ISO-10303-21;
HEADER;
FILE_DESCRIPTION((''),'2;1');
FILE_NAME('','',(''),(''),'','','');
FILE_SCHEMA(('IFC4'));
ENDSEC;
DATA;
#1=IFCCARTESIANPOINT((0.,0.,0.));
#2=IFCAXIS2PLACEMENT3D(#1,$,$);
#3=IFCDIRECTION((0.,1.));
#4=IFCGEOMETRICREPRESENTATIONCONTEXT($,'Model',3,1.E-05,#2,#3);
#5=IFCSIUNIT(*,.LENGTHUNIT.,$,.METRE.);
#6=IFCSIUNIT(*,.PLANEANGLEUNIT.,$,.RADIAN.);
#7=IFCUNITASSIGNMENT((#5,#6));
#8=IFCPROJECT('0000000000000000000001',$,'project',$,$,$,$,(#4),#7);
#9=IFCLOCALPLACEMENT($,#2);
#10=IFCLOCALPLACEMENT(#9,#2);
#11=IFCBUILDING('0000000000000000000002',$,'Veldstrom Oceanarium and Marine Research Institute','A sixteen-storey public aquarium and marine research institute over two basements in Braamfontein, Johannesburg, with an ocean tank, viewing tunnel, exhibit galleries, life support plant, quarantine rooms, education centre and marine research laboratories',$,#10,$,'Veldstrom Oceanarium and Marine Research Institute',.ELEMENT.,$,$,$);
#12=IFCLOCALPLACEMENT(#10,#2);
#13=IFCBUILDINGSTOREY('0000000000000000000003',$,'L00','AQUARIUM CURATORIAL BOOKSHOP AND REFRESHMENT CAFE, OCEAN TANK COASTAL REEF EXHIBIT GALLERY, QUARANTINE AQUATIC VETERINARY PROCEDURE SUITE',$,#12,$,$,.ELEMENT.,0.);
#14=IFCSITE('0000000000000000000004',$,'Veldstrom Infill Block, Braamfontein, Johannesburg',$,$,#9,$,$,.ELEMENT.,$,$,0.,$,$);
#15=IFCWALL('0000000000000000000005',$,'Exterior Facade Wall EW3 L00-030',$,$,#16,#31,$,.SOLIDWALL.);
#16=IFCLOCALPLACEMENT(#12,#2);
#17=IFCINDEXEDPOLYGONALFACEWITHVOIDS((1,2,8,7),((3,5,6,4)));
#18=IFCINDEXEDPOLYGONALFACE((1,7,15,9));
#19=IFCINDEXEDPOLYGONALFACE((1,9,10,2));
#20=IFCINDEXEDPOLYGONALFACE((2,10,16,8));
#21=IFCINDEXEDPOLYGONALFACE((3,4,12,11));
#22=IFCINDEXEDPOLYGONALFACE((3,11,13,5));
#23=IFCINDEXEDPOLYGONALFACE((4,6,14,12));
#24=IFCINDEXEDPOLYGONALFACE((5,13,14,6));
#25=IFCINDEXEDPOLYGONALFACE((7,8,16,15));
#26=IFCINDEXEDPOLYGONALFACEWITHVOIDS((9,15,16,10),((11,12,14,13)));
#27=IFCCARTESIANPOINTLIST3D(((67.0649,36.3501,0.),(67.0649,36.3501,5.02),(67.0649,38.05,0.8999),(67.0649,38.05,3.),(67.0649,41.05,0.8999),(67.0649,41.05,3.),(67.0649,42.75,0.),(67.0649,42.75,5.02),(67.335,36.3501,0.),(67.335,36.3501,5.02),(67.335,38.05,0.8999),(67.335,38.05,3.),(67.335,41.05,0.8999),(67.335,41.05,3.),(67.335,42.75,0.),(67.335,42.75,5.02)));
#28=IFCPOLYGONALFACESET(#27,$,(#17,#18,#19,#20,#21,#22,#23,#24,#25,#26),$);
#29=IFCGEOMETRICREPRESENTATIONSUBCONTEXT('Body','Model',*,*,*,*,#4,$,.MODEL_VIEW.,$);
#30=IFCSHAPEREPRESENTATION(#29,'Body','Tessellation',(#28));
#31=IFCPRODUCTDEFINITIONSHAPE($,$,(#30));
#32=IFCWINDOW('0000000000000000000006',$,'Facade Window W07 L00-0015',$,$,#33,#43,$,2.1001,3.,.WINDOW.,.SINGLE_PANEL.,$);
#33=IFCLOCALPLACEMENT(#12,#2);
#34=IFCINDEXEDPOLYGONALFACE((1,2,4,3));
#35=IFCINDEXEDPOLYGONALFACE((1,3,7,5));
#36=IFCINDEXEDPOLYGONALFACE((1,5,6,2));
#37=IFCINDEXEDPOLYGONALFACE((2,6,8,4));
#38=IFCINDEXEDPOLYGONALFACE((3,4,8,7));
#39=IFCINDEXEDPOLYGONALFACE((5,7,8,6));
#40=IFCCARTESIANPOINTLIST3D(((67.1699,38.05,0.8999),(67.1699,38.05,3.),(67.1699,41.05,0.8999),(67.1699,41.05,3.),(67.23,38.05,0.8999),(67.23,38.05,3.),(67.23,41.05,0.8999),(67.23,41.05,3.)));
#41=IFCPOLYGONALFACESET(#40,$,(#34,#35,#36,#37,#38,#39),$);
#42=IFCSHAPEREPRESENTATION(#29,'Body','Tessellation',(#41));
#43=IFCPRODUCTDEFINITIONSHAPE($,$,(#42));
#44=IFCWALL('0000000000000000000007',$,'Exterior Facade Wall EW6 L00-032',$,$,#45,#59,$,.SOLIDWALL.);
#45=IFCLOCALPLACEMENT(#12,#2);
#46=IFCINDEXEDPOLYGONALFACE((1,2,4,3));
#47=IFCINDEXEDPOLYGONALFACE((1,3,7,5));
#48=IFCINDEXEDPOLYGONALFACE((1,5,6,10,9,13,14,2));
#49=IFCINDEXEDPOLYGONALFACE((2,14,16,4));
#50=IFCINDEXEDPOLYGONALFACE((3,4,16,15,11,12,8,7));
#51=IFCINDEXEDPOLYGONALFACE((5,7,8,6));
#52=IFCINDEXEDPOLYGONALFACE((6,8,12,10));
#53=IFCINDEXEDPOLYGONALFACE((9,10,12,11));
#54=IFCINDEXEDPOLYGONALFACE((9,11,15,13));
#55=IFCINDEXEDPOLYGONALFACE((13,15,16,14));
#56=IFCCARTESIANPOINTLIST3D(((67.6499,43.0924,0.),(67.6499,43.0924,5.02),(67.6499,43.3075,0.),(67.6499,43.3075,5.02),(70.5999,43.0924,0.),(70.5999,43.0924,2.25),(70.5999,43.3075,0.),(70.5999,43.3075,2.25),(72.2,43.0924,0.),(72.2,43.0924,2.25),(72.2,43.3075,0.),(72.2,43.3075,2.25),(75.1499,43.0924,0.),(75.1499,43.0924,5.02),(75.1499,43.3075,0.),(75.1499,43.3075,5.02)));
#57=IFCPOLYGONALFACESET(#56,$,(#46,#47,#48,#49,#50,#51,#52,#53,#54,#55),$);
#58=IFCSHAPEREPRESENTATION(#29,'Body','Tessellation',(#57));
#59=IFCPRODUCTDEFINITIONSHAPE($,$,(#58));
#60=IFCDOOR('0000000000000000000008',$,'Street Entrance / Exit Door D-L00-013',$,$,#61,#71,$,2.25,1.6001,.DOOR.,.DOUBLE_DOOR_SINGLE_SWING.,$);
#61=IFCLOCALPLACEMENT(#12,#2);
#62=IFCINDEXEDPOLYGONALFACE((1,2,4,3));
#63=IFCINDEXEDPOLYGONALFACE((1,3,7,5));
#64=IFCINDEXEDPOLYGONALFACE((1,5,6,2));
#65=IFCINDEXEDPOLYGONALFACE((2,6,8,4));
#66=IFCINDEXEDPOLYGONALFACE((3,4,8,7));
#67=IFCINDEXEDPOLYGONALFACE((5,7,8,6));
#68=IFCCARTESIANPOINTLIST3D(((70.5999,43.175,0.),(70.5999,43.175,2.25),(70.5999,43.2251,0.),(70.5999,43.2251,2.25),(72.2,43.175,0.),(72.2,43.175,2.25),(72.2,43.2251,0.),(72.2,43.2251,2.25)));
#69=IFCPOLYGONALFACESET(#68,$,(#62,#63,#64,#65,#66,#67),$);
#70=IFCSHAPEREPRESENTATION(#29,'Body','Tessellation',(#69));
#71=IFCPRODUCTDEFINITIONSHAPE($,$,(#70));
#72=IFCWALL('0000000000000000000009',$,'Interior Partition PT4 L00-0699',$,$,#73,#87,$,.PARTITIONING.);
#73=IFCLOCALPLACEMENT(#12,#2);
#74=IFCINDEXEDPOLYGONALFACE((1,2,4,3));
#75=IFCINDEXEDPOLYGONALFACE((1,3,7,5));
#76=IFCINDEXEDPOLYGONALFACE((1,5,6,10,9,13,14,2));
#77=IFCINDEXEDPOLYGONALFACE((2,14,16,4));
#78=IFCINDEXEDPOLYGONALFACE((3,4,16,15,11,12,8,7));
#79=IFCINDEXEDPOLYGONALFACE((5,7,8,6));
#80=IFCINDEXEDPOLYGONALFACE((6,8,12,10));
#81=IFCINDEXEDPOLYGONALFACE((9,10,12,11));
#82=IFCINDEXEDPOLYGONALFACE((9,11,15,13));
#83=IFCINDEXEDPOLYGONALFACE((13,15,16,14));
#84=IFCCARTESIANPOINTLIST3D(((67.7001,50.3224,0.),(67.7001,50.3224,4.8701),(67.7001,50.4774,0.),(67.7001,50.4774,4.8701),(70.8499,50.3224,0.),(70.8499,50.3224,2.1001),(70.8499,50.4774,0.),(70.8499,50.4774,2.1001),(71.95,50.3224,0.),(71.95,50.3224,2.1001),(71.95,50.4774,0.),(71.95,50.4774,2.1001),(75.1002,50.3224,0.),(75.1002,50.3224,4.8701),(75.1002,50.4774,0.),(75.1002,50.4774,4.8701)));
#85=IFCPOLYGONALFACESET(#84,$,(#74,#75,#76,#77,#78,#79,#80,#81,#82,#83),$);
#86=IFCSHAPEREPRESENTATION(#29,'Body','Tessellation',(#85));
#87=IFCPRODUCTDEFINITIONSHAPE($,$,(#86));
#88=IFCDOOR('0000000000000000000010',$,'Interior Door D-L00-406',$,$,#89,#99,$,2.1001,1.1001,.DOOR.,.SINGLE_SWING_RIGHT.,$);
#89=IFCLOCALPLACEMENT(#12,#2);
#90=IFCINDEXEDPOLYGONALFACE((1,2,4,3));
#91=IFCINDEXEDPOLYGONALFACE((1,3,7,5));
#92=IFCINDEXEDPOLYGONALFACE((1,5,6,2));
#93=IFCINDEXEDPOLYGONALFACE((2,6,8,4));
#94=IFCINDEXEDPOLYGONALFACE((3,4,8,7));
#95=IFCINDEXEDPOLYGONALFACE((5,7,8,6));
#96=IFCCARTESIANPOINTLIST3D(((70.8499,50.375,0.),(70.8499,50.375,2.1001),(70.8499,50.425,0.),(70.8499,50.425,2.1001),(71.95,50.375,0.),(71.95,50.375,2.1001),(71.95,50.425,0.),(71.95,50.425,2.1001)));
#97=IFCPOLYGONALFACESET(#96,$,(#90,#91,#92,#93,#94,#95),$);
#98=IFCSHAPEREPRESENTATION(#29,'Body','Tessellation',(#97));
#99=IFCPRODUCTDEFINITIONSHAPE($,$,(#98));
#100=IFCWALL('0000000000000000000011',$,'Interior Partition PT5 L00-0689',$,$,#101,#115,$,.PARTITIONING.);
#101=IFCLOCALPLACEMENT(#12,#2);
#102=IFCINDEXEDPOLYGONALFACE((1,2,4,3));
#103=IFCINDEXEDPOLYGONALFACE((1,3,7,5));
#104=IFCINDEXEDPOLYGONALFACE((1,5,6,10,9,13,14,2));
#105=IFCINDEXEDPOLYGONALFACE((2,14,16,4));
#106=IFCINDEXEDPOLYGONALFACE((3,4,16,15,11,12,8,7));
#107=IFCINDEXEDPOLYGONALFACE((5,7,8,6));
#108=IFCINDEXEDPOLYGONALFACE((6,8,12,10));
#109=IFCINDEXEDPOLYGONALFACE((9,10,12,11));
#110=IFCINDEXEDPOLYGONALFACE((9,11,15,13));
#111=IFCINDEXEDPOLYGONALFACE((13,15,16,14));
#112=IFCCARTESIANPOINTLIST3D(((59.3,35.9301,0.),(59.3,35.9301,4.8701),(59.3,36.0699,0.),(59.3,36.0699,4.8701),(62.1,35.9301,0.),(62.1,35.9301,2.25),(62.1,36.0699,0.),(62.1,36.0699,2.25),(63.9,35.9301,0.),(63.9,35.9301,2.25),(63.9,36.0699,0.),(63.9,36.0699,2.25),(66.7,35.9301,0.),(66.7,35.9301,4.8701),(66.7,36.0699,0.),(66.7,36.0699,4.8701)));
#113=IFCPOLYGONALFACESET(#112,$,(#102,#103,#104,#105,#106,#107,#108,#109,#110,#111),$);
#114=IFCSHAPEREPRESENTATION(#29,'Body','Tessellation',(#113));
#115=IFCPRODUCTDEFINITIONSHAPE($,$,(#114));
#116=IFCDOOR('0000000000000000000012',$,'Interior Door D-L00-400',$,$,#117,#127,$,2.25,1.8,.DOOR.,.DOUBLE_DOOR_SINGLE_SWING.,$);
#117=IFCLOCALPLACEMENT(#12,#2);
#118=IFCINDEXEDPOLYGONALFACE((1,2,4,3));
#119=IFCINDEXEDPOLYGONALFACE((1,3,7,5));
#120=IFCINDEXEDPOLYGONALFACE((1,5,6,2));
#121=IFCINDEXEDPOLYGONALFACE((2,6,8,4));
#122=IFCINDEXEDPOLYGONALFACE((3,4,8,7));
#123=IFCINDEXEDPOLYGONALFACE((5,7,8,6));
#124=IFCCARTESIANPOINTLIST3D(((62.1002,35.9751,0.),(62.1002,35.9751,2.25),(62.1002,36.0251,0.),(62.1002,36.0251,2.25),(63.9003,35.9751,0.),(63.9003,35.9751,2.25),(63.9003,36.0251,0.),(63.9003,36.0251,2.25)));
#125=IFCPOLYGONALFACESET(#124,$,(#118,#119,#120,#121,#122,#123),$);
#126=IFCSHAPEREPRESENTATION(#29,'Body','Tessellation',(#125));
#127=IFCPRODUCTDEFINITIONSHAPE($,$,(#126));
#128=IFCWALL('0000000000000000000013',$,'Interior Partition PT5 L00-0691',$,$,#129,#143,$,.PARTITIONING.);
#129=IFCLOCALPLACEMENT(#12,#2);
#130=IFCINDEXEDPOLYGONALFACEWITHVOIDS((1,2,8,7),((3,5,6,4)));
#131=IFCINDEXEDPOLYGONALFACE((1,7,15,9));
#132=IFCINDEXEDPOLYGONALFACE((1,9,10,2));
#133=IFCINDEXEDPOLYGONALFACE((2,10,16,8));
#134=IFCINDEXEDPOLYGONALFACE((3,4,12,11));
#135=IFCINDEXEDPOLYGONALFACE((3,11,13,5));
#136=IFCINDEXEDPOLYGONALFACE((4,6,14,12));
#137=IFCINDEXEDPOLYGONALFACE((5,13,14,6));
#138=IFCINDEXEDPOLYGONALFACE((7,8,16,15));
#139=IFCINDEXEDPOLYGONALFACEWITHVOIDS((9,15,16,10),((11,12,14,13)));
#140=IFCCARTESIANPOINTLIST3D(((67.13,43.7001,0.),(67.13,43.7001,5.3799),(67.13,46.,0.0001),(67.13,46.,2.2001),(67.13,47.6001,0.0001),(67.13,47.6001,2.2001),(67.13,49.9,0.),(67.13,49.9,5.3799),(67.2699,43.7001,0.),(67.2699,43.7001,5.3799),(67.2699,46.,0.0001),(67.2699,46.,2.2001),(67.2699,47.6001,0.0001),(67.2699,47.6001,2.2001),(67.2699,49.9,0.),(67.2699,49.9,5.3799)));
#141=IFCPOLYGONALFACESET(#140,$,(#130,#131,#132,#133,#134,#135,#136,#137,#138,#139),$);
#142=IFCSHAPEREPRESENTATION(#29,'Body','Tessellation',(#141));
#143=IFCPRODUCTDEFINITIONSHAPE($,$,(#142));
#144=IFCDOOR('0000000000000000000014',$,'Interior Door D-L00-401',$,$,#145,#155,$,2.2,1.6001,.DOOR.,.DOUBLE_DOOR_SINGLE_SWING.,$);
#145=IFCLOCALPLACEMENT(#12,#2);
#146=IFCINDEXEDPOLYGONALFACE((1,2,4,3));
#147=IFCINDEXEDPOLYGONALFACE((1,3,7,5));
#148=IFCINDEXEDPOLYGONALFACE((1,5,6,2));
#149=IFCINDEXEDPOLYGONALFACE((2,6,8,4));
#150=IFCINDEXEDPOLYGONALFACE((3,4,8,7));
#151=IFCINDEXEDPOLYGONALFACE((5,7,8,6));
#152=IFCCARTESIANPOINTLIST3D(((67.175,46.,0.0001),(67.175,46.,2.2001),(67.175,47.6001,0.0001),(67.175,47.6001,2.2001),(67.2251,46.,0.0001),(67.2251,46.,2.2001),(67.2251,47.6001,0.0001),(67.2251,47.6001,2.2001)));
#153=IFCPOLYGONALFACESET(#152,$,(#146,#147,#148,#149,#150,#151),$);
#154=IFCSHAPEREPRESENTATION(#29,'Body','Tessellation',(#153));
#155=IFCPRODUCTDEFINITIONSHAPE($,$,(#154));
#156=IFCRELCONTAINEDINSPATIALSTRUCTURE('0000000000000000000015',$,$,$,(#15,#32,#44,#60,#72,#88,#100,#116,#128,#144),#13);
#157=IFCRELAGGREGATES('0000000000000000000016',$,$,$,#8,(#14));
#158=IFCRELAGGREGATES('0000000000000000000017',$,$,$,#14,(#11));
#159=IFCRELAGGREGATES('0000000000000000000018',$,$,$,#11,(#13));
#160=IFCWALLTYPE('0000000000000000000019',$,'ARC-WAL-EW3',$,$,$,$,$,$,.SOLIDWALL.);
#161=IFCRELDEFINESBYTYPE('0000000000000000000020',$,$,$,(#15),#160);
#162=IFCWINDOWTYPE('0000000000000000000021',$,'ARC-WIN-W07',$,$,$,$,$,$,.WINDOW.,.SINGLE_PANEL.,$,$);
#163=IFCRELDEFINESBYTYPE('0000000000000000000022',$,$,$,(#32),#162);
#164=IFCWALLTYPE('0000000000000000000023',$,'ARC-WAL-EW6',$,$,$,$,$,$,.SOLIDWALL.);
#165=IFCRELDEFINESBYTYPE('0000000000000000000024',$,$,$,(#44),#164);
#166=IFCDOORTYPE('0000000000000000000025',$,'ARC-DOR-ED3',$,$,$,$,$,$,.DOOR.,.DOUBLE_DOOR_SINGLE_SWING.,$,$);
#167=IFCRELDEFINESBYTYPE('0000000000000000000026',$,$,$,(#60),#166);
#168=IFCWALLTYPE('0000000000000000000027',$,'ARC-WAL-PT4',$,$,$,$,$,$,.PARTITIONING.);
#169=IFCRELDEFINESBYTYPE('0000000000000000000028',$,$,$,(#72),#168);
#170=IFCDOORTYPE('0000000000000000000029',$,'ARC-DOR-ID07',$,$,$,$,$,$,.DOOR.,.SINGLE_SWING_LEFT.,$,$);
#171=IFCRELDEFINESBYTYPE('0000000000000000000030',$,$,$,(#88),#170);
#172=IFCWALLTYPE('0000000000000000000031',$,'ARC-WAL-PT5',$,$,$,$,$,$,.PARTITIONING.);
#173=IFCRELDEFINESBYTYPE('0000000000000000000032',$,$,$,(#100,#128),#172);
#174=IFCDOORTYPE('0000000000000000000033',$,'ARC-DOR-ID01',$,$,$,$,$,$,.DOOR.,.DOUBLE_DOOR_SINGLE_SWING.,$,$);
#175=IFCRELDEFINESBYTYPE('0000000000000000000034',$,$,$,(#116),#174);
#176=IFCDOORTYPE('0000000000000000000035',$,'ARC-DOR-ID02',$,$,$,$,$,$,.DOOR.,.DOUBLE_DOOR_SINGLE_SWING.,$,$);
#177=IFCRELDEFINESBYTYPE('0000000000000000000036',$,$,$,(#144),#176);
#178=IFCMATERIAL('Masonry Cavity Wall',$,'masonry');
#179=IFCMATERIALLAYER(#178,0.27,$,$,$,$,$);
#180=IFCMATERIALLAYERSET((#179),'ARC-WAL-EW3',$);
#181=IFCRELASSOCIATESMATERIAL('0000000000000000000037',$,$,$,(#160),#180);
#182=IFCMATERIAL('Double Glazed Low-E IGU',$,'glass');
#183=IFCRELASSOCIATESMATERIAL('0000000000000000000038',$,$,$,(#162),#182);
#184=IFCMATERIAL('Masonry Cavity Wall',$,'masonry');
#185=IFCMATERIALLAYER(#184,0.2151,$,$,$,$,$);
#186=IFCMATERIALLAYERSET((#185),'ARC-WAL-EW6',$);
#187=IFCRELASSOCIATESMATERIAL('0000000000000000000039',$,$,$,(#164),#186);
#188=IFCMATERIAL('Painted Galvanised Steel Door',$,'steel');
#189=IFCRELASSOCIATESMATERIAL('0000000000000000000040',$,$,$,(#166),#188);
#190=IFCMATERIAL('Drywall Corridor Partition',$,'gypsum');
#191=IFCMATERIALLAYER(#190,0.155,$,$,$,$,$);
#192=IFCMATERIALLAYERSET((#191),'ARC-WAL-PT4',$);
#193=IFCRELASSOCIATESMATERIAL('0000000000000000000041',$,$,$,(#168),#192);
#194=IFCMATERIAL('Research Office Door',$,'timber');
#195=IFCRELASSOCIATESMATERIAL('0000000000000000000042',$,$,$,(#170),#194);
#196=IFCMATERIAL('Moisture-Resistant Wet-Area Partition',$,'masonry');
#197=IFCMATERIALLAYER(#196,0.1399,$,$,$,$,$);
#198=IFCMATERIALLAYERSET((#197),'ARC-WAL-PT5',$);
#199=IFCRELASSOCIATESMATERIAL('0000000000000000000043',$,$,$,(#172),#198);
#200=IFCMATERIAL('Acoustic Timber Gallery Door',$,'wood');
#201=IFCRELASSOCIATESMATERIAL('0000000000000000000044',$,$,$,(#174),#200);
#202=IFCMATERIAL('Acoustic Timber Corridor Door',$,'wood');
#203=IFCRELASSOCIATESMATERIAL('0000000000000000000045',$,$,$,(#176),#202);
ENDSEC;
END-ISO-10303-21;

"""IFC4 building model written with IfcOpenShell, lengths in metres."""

from ifc_helpers import new_model, si_unit, direction, frame, frame_2d, origin, place, context, subcontext, project, spatial, rectangle, extrude, material, layer, layer_set, type_object, element, fill, save


model = new_model("IFC4")

# Units and contexts
model_context = context("Model", 3, precision=1e-05, world=origin(), true_north=direction((0.0, 1.0)))
body_context = subcontext(model_context, "Body", "Model", "MODEL_VIEW")
ifc_project = project(units=[si_unit("LENGTHUNIT", "METRE"), si_unit("PLANEANGLEUNIT", "RADIAN")], contexts=[model_context])

# Site, building, storey
site_placement = place(None, origin())
site = spatial("IfcSite", under=ifc_project, at=site_placement, Name="Veldstrom Infill Block, Braamfontein, Johannesburg", CompositionType="ELEMENT", RefElevation=0.0)
building_placement = place(site_placement, origin())
building = spatial("IfcBuilding", under=site, at=building_placement, Name="Veldstrom Oceanarium and Marine Research Institute", Description="A sixteen-storey public aquarium and marine research institute over two basements in Braamfontein, Johannesburg, with an ocean tank, viewing tunnel, exhibit galleries, life support plant, quarantine rooms, education centre and marine research laboratories", LongName="Veldstrom Oceanarium and Marine Research Institute", CompositionType="ELEMENT")
storey_placement = place(building_placement, origin())
storey = spatial("IfcBuildingStorey", under=building, at=storey_placement, Name="L00", Description="AQUARIUM CURATORIAL BOOKSHOP AND REFRESHMENT CAFE, OCEAN TANK COASTAL REEF EXHIBIT GALLERY, QUARANTINE AQUATIC VETERINARY PROCEDURE SUITE", CompositionType="ELEMENT", Elevation=0.0)

# Wall, opening, window
ifc_material_1 = material(Name="Masonry Cavity Wall", Category="masonry")
ifc_layer_1 = layer(ifc_material_1, 0.27)
ifc_layer_set_1 = layer_set([ifc_layer_1], Name="ARC-WAL-EW3")
wall_type_1 = type_object("IfcWallType", Name="ARC-WAL-EW3", PredefinedType="SOLIDWALL", material=ifc_layer_set_1)
wall_1_placement = place(storey_placement, frame((67.2, 36.3501, 0.0), z_axis=(0.0, 0.0, 1.0), x_axis=(0.0, 1.0, 0.0)))
wall_1 = element("IfcWall", 1, at=wall_1_placement, inside=storey, type_object=wall_type_1, Name="Exterior Facade Wall EW3 L00-030", PredefinedType="SOLIDWALL", context=body_context, shape_type="SweptSolid", body=[
    extrude(rectangle(XDim=6.3999, YDim=0.27, at=frame_2d((3.2, 0.0))), origin(), (0.0, 0.0, 1.0), 5.02),
])
opening_1_placement = place(wall_1_placement, frame((1.7, 0.0, 0.8999)))
opening_1 = element("IfcOpeningElement", 2, at=opening_1_placement, cuts=wall_1, PredefinedType="OPENING", context=body_context, shape_type="SweptSolid", body=[
    extrude(rectangle(XDim=3.0, YDim=2.1001, at=frame_2d((1.5, 1.05))), frame((0.0, 0.145, 0.0), z_axis=(0.0, -1.0, 0.0), x_axis=(1.0, 0.0, 0.0)), (0.0, 0.0, 1.0), 0.29),
])
ifc_material_2 = material(Name="Double Glazed Low-E IGU", Category="glass")
window_type = type_object("IfcWindowType", Name="ARC-WIN-W07", PartitioningType="SINGLE_PANEL", PredefinedType="WINDOW", material=ifc_material_2)
window_placement = place(opening_1_placement, origin())
window = element("IfcWindow", 3, at=window_placement, inside=storey, type_object=window_type, Name="Facade Window W07 L00-0015", OverallHeight=2.1001, OverallWidth=3.0, PartitioningType="SINGLE_PANEL", PredefinedType="WINDOW", context=body_context, shape_type="SweptSolid", body=[
    extrude(rectangle(XDim=3.0, YDim=2.1001, at=frame_2d((1.5, 1.05))), frame((0.0, 0.03, 0.0), z_axis=(0.0, -1.0, 0.0), x_axis=(1.0, 0.0, 0.0)), (0.0, 0.0, 1.0), 0.0601),
])
fill(opening_1, window)

# Walls, openings, doors
ifc_material_3 = material(Name="Masonry Cavity Wall", Category="masonry")
ifc_layer_2 = layer(ifc_material_3, 0.2151)
ifc_layer_set_2 = layer_set([ifc_layer_2], Name="ARC-WAL-EW6")
wall_type_2 = type_object("IfcWallType", Name="ARC-WAL-EW6", PredefinedType="SOLIDWALL", material=ifc_layer_set_2)
wall_2_placement = place(storey_placement, frame((67.6499, 43.2, 0.0), z_axis=(0.0, 0.0, 1.0), x_axis=(1.0, 0.0, 0.0)))
wall_2 = element("IfcWall", 4, at=wall_2_placement, inside=storey, type_object=wall_type_2, Name="Exterior Facade Wall EW6 L00-032", PredefinedType="SOLIDWALL", context=body_context, shape_type="SweptSolid", body=[
    extrude(rectangle(XDim=7.5, YDim=0.2151, at=frame_2d((3.75, 0.0))), origin(), (0.0, 0.0, 1.0), 5.02),
])
opening_2_placement = place(wall_2_placement, frame((2.95, 0.0, 0.0)))
opening_2 = element("IfcOpeningElement", 5, at=opening_2_placement, cuts=wall_2, PredefinedType="OPENING", context=body_context, shape_type="SweptSolid", body=[
    extrude(rectangle(XDim=1.6001, YDim=2.25, at=frame_2d((0.8, 1.125))), frame((0.0, 0.1174, 0.0), z_axis=(0.0, -1.0, 0.0), x_axis=(1.0, 0.0, 0.0)), (0.0, 0.0, 1.0), 0.2351),
])
ifc_material_4 = material(Name="Painted Galvanised Steel Door", Category="steel")
door_type_1 = type_object("IfcDoorType", Name="ARC-DOR-ED3", OperationType="DOUBLE_DOOR_SINGLE_SWING", PredefinedType="DOOR", material=ifc_material_4)
door_1_placement = place(opening_2_placement, frame((1.6001, 0.0, 0.0), z_axis=(0.0, 0.0, 1.0), x_axis=(-1.0, 0.0, 0.0)))
door_1 = element("IfcDoor", 6, at=door_1_placement, inside=storey, type_object=door_type_1, Name="Street Entrance / Exit Door D-L00-013", OperationType="DOUBLE_DOOR_SINGLE_SWING", OverallHeight=2.25, OverallWidth=1.6001, PredefinedType="DOOR", context=body_context, shape_type="SweptSolid", body=[
    extrude(rectangle(XDim=1.6001, YDim=2.25, at=frame_2d((0.8, 1.125))), frame((0.0, 0.0249, 0.0), z_axis=(0.0, -1.0, 0.0), x_axis=(1.0, 0.0, 0.0)), (0.0, 0.0, 1.0), 0.05),
])
fill(opening_2, door_1)
ifc_material_5 = material(Name="Drywall Corridor Partition", Category="gypsum")
ifc_layer_3 = layer(ifc_material_5, 0.155)
ifc_layer_set_3 = layer_set([ifc_layer_3], Name="ARC-WAL-PT4")
wall_type_3 = type_object("IfcWallType", Name="ARC-WAL-PT4", PredefinedType="PARTITIONING", material=ifc_layer_set_3)
wall_3_placement = place(storey_placement, frame((67.7, 50.3999, 0.0), z_axis=(0.0, 0.0, 1.0), x_axis=(1.0, 0.0, 0.0)))
wall_3 = element("IfcWall", 7, at=wall_3_placement, inside=storey, type_object=wall_type_3, Name="Interior Partition PT4 L00-0699", PredefinedType="PARTITIONING", context=body_context, shape_type="SweptSolid", body=[
    extrude(rectangle(XDim=7.4001, YDim=0.155, at=frame_2d((3.7002, 0.0))), origin(), (0.0, 0.0, 1.0), 4.8701),
])
opening_3_placement = place(wall_3_placement, frame((3.1499, 0.0, 0.0)))
opening_3 = element("IfcOpeningElement", 8, at=opening_3_placement, cuts=wall_3, PredefinedType="OPENING", context=body_context, shape_type="SweptSolid", body=[
    extrude(rectangle(XDim=1.1001, YDim=2.1001, at=frame_2d((0.55, 1.05))), frame((0.0, 0.0874, 0.0), z_axis=(0.0, -1.0, 0.0), x_axis=(1.0, 0.0, 0.0)), (0.0, 0.0, 1.0), 0.175),
])
ifc_material_6 = material(Name="Research Office Door", Category="timber")
door_type_2 = type_object("IfcDoorType", Name="ARC-DOR-ID07", OperationType="SINGLE_SWING_LEFT", PredefinedType="DOOR", material=ifc_material_6)
door_2_placement = place(opening_3_placement, frame((1.1001, 0.0, 0.0), z_axis=(0.0, 0.0, 1.0), x_axis=(-1.0, 0.0, 0.0)))
door_2 = element("IfcDoor", 9, at=door_2_placement, inside=storey, type_object=door_type_2, Name="Interior Door D-L00-406", OperationType="SINGLE_SWING_RIGHT", OverallHeight=2.1001, OverallWidth=1.1001, PredefinedType="DOOR", context=body_context, shape_type="SweptSolid", body=[
    extrude(rectangle(XDim=1.1001, YDim=2.1001, at=frame_2d((0.55, 1.05))), frame((0.0, 0.0249, 0.0), z_axis=(0.0, -1.0, 0.0), x_axis=(1.0, 0.0, 0.0)), (0.0, 0.0, 1.0), 0.05),
])
fill(opening_3, door_2)
ifc_material_7 = material(Name="Moisture-Resistant Wet-Area Partition", Category="masonry")
ifc_layer_4 = layer(ifc_material_7, 0.1399)
ifc_layer_set_4 = layer_set([ifc_layer_4], Name="ARC-WAL-PT5")
wall_type_4 = type_object("IfcWallType", Name="ARC-WAL-PT5", PredefinedType="PARTITIONING", material=ifc_layer_set_4)
wall_4_placement = place(storey_placement, frame((59.3, 36.0, 0.0), z_axis=(0.0, 0.0, 1.0), x_axis=(1.0, 0.0, 0.0)))
wall_4 = element("IfcWall", 10, at=wall_4_placement, inside=storey, type_object=wall_type_4, Name="Interior Partition PT5 L00-0689", PredefinedType="PARTITIONING", context=body_context, shape_type="SweptSolid", body=[
    extrude(rectangle(XDim=7.3999, YDim=0.1399, at=frame_2d((3.7, 0.0))), origin(), (0.0, 0.0, 1.0), 4.8701),
])
opening_4_placement = place(wall_4_placement, frame((2.8, 0.0, 0.0)))
opening_4 = element("IfcOpeningElement", 11, at=opening_4_placement, cuts=wall_4, PredefinedType="OPENING", context=body_context, shape_type="SweptSolid", body=[
    extrude(rectangle(XDim=1.8, YDim=2.25, at=frame_2d((0.8999, 1.125))), frame((0.0, 0.0798, 0.0), z_axis=(0.0, -1.0, 0.0), x_axis=(1.0, 0.0, 0.0)), (0.0, 0.0, 1.0), 0.1599),
])
ifc_material_8 = material(Name="Acoustic Timber Gallery Door", Category="wood")
door_type_3 = type_object("IfcDoorType", Name="ARC-DOR-ID01", OperationType="DOUBLE_DOOR_SINGLE_SWING", PredefinedType="DOOR", material=ifc_material_8)
door_3_placement = place(opening_4_placement, frame((1.8, 0.0, 0.0), z_axis=(0.0, 0.0, 1.0), x_axis=(-1.0, 0.0, 0.0)))
door_3 = element("IfcDoor", 12, at=door_3_placement, inside=storey, type_object=door_type_3, Name="Interior Door D-L00-400", OperationType="DOUBLE_DOOR_SINGLE_SWING", OverallHeight=2.25, OverallWidth=1.8, PredefinedType="DOOR", context=body_context, shape_type="SweptSolid", body=[
    extrude(rectangle(XDim=1.8, YDim=2.25, at=frame_2d((0.8999, 1.125))), frame((0.0, 0.0249, 0.0), z_axis=(0.0, -1.0, 0.0), x_axis=(1.0, 0.0, 0.0)), (0.0, 0.0, 1.0), 0.05),
])
fill(opening_4, door_3)
wall_5_placement = place(storey_placement, frame((67.2, 43.7, 0.0), z_axis=(0.0, 0.0, 1.0), x_axis=(0.0, 1.0, 0.0)))
wall_5 = element("IfcWall", 13, at=wall_5_placement, inside=storey, type_object=wall_type_4, Name="Interior Partition PT5 L00-0691", PredefinedType="PARTITIONING", context=body_context, shape_type="SweptSolid", body=[
    extrude(rectangle(XDim=6.2, YDim=0.1399, at=frame_2d((3.1001, 0.0))), origin(), (0.0, 0.0, 1.0), 5.3799),
])
opening_5_placement = place(wall_5_placement, frame((2.3, 0.0, 0.0)))
opening_5 = element("IfcOpeningElement", 14, at=opening_5_placement, cuts=wall_5, PredefinedType="OPENING", context=body_context, shape_type="SweptSolid", body=[
    extrude(rectangle(XDim=1.6001, YDim=2.2, at=frame_2d((0.8, 1.1001))), frame((0.0, 0.0798, 0.0), z_axis=(0.0, -1.0, 0.0), x_axis=(1.0, 0.0, 0.0)), (0.0, 0.0, 1.0), 0.1599),
])
ifc_material_9 = material(Name="Acoustic Timber Corridor Door", Category="wood")
door_type_4 = type_object("IfcDoorType", Name="ARC-DOR-ID02", OperationType="DOUBLE_DOOR_SINGLE_SWING", PredefinedType="DOOR", material=ifc_material_9)
door_4_placement = place(opening_5_placement, origin())
door_4 = element("IfcDoor", 15, at=door_4_placement, inside=storey, type_object=door_type_4, Name="Interior Door D-L00-401", OperationType="DOUBLE_DOOR_SINGLE_SWING", OverallHeight=2.2, OverallWidth=1.6001, PredefinedType="DOOR", context=body_context, shape_type="SweptSolid", body=[
    extrude(rectangle(XDim=1.6001, YDim=2.2, at=frame_2d((0.8, 1.1001))), frame((0.0, 0.0249, 0.0), z_axis=(0.0, -1.0, 0.0), x_axis=(1.0, 0.0, 0.0)), (0.0, 0.0, 1.0), 0.05),
])
fill(opening_5, door_4)

save(model, "model.ifc")
